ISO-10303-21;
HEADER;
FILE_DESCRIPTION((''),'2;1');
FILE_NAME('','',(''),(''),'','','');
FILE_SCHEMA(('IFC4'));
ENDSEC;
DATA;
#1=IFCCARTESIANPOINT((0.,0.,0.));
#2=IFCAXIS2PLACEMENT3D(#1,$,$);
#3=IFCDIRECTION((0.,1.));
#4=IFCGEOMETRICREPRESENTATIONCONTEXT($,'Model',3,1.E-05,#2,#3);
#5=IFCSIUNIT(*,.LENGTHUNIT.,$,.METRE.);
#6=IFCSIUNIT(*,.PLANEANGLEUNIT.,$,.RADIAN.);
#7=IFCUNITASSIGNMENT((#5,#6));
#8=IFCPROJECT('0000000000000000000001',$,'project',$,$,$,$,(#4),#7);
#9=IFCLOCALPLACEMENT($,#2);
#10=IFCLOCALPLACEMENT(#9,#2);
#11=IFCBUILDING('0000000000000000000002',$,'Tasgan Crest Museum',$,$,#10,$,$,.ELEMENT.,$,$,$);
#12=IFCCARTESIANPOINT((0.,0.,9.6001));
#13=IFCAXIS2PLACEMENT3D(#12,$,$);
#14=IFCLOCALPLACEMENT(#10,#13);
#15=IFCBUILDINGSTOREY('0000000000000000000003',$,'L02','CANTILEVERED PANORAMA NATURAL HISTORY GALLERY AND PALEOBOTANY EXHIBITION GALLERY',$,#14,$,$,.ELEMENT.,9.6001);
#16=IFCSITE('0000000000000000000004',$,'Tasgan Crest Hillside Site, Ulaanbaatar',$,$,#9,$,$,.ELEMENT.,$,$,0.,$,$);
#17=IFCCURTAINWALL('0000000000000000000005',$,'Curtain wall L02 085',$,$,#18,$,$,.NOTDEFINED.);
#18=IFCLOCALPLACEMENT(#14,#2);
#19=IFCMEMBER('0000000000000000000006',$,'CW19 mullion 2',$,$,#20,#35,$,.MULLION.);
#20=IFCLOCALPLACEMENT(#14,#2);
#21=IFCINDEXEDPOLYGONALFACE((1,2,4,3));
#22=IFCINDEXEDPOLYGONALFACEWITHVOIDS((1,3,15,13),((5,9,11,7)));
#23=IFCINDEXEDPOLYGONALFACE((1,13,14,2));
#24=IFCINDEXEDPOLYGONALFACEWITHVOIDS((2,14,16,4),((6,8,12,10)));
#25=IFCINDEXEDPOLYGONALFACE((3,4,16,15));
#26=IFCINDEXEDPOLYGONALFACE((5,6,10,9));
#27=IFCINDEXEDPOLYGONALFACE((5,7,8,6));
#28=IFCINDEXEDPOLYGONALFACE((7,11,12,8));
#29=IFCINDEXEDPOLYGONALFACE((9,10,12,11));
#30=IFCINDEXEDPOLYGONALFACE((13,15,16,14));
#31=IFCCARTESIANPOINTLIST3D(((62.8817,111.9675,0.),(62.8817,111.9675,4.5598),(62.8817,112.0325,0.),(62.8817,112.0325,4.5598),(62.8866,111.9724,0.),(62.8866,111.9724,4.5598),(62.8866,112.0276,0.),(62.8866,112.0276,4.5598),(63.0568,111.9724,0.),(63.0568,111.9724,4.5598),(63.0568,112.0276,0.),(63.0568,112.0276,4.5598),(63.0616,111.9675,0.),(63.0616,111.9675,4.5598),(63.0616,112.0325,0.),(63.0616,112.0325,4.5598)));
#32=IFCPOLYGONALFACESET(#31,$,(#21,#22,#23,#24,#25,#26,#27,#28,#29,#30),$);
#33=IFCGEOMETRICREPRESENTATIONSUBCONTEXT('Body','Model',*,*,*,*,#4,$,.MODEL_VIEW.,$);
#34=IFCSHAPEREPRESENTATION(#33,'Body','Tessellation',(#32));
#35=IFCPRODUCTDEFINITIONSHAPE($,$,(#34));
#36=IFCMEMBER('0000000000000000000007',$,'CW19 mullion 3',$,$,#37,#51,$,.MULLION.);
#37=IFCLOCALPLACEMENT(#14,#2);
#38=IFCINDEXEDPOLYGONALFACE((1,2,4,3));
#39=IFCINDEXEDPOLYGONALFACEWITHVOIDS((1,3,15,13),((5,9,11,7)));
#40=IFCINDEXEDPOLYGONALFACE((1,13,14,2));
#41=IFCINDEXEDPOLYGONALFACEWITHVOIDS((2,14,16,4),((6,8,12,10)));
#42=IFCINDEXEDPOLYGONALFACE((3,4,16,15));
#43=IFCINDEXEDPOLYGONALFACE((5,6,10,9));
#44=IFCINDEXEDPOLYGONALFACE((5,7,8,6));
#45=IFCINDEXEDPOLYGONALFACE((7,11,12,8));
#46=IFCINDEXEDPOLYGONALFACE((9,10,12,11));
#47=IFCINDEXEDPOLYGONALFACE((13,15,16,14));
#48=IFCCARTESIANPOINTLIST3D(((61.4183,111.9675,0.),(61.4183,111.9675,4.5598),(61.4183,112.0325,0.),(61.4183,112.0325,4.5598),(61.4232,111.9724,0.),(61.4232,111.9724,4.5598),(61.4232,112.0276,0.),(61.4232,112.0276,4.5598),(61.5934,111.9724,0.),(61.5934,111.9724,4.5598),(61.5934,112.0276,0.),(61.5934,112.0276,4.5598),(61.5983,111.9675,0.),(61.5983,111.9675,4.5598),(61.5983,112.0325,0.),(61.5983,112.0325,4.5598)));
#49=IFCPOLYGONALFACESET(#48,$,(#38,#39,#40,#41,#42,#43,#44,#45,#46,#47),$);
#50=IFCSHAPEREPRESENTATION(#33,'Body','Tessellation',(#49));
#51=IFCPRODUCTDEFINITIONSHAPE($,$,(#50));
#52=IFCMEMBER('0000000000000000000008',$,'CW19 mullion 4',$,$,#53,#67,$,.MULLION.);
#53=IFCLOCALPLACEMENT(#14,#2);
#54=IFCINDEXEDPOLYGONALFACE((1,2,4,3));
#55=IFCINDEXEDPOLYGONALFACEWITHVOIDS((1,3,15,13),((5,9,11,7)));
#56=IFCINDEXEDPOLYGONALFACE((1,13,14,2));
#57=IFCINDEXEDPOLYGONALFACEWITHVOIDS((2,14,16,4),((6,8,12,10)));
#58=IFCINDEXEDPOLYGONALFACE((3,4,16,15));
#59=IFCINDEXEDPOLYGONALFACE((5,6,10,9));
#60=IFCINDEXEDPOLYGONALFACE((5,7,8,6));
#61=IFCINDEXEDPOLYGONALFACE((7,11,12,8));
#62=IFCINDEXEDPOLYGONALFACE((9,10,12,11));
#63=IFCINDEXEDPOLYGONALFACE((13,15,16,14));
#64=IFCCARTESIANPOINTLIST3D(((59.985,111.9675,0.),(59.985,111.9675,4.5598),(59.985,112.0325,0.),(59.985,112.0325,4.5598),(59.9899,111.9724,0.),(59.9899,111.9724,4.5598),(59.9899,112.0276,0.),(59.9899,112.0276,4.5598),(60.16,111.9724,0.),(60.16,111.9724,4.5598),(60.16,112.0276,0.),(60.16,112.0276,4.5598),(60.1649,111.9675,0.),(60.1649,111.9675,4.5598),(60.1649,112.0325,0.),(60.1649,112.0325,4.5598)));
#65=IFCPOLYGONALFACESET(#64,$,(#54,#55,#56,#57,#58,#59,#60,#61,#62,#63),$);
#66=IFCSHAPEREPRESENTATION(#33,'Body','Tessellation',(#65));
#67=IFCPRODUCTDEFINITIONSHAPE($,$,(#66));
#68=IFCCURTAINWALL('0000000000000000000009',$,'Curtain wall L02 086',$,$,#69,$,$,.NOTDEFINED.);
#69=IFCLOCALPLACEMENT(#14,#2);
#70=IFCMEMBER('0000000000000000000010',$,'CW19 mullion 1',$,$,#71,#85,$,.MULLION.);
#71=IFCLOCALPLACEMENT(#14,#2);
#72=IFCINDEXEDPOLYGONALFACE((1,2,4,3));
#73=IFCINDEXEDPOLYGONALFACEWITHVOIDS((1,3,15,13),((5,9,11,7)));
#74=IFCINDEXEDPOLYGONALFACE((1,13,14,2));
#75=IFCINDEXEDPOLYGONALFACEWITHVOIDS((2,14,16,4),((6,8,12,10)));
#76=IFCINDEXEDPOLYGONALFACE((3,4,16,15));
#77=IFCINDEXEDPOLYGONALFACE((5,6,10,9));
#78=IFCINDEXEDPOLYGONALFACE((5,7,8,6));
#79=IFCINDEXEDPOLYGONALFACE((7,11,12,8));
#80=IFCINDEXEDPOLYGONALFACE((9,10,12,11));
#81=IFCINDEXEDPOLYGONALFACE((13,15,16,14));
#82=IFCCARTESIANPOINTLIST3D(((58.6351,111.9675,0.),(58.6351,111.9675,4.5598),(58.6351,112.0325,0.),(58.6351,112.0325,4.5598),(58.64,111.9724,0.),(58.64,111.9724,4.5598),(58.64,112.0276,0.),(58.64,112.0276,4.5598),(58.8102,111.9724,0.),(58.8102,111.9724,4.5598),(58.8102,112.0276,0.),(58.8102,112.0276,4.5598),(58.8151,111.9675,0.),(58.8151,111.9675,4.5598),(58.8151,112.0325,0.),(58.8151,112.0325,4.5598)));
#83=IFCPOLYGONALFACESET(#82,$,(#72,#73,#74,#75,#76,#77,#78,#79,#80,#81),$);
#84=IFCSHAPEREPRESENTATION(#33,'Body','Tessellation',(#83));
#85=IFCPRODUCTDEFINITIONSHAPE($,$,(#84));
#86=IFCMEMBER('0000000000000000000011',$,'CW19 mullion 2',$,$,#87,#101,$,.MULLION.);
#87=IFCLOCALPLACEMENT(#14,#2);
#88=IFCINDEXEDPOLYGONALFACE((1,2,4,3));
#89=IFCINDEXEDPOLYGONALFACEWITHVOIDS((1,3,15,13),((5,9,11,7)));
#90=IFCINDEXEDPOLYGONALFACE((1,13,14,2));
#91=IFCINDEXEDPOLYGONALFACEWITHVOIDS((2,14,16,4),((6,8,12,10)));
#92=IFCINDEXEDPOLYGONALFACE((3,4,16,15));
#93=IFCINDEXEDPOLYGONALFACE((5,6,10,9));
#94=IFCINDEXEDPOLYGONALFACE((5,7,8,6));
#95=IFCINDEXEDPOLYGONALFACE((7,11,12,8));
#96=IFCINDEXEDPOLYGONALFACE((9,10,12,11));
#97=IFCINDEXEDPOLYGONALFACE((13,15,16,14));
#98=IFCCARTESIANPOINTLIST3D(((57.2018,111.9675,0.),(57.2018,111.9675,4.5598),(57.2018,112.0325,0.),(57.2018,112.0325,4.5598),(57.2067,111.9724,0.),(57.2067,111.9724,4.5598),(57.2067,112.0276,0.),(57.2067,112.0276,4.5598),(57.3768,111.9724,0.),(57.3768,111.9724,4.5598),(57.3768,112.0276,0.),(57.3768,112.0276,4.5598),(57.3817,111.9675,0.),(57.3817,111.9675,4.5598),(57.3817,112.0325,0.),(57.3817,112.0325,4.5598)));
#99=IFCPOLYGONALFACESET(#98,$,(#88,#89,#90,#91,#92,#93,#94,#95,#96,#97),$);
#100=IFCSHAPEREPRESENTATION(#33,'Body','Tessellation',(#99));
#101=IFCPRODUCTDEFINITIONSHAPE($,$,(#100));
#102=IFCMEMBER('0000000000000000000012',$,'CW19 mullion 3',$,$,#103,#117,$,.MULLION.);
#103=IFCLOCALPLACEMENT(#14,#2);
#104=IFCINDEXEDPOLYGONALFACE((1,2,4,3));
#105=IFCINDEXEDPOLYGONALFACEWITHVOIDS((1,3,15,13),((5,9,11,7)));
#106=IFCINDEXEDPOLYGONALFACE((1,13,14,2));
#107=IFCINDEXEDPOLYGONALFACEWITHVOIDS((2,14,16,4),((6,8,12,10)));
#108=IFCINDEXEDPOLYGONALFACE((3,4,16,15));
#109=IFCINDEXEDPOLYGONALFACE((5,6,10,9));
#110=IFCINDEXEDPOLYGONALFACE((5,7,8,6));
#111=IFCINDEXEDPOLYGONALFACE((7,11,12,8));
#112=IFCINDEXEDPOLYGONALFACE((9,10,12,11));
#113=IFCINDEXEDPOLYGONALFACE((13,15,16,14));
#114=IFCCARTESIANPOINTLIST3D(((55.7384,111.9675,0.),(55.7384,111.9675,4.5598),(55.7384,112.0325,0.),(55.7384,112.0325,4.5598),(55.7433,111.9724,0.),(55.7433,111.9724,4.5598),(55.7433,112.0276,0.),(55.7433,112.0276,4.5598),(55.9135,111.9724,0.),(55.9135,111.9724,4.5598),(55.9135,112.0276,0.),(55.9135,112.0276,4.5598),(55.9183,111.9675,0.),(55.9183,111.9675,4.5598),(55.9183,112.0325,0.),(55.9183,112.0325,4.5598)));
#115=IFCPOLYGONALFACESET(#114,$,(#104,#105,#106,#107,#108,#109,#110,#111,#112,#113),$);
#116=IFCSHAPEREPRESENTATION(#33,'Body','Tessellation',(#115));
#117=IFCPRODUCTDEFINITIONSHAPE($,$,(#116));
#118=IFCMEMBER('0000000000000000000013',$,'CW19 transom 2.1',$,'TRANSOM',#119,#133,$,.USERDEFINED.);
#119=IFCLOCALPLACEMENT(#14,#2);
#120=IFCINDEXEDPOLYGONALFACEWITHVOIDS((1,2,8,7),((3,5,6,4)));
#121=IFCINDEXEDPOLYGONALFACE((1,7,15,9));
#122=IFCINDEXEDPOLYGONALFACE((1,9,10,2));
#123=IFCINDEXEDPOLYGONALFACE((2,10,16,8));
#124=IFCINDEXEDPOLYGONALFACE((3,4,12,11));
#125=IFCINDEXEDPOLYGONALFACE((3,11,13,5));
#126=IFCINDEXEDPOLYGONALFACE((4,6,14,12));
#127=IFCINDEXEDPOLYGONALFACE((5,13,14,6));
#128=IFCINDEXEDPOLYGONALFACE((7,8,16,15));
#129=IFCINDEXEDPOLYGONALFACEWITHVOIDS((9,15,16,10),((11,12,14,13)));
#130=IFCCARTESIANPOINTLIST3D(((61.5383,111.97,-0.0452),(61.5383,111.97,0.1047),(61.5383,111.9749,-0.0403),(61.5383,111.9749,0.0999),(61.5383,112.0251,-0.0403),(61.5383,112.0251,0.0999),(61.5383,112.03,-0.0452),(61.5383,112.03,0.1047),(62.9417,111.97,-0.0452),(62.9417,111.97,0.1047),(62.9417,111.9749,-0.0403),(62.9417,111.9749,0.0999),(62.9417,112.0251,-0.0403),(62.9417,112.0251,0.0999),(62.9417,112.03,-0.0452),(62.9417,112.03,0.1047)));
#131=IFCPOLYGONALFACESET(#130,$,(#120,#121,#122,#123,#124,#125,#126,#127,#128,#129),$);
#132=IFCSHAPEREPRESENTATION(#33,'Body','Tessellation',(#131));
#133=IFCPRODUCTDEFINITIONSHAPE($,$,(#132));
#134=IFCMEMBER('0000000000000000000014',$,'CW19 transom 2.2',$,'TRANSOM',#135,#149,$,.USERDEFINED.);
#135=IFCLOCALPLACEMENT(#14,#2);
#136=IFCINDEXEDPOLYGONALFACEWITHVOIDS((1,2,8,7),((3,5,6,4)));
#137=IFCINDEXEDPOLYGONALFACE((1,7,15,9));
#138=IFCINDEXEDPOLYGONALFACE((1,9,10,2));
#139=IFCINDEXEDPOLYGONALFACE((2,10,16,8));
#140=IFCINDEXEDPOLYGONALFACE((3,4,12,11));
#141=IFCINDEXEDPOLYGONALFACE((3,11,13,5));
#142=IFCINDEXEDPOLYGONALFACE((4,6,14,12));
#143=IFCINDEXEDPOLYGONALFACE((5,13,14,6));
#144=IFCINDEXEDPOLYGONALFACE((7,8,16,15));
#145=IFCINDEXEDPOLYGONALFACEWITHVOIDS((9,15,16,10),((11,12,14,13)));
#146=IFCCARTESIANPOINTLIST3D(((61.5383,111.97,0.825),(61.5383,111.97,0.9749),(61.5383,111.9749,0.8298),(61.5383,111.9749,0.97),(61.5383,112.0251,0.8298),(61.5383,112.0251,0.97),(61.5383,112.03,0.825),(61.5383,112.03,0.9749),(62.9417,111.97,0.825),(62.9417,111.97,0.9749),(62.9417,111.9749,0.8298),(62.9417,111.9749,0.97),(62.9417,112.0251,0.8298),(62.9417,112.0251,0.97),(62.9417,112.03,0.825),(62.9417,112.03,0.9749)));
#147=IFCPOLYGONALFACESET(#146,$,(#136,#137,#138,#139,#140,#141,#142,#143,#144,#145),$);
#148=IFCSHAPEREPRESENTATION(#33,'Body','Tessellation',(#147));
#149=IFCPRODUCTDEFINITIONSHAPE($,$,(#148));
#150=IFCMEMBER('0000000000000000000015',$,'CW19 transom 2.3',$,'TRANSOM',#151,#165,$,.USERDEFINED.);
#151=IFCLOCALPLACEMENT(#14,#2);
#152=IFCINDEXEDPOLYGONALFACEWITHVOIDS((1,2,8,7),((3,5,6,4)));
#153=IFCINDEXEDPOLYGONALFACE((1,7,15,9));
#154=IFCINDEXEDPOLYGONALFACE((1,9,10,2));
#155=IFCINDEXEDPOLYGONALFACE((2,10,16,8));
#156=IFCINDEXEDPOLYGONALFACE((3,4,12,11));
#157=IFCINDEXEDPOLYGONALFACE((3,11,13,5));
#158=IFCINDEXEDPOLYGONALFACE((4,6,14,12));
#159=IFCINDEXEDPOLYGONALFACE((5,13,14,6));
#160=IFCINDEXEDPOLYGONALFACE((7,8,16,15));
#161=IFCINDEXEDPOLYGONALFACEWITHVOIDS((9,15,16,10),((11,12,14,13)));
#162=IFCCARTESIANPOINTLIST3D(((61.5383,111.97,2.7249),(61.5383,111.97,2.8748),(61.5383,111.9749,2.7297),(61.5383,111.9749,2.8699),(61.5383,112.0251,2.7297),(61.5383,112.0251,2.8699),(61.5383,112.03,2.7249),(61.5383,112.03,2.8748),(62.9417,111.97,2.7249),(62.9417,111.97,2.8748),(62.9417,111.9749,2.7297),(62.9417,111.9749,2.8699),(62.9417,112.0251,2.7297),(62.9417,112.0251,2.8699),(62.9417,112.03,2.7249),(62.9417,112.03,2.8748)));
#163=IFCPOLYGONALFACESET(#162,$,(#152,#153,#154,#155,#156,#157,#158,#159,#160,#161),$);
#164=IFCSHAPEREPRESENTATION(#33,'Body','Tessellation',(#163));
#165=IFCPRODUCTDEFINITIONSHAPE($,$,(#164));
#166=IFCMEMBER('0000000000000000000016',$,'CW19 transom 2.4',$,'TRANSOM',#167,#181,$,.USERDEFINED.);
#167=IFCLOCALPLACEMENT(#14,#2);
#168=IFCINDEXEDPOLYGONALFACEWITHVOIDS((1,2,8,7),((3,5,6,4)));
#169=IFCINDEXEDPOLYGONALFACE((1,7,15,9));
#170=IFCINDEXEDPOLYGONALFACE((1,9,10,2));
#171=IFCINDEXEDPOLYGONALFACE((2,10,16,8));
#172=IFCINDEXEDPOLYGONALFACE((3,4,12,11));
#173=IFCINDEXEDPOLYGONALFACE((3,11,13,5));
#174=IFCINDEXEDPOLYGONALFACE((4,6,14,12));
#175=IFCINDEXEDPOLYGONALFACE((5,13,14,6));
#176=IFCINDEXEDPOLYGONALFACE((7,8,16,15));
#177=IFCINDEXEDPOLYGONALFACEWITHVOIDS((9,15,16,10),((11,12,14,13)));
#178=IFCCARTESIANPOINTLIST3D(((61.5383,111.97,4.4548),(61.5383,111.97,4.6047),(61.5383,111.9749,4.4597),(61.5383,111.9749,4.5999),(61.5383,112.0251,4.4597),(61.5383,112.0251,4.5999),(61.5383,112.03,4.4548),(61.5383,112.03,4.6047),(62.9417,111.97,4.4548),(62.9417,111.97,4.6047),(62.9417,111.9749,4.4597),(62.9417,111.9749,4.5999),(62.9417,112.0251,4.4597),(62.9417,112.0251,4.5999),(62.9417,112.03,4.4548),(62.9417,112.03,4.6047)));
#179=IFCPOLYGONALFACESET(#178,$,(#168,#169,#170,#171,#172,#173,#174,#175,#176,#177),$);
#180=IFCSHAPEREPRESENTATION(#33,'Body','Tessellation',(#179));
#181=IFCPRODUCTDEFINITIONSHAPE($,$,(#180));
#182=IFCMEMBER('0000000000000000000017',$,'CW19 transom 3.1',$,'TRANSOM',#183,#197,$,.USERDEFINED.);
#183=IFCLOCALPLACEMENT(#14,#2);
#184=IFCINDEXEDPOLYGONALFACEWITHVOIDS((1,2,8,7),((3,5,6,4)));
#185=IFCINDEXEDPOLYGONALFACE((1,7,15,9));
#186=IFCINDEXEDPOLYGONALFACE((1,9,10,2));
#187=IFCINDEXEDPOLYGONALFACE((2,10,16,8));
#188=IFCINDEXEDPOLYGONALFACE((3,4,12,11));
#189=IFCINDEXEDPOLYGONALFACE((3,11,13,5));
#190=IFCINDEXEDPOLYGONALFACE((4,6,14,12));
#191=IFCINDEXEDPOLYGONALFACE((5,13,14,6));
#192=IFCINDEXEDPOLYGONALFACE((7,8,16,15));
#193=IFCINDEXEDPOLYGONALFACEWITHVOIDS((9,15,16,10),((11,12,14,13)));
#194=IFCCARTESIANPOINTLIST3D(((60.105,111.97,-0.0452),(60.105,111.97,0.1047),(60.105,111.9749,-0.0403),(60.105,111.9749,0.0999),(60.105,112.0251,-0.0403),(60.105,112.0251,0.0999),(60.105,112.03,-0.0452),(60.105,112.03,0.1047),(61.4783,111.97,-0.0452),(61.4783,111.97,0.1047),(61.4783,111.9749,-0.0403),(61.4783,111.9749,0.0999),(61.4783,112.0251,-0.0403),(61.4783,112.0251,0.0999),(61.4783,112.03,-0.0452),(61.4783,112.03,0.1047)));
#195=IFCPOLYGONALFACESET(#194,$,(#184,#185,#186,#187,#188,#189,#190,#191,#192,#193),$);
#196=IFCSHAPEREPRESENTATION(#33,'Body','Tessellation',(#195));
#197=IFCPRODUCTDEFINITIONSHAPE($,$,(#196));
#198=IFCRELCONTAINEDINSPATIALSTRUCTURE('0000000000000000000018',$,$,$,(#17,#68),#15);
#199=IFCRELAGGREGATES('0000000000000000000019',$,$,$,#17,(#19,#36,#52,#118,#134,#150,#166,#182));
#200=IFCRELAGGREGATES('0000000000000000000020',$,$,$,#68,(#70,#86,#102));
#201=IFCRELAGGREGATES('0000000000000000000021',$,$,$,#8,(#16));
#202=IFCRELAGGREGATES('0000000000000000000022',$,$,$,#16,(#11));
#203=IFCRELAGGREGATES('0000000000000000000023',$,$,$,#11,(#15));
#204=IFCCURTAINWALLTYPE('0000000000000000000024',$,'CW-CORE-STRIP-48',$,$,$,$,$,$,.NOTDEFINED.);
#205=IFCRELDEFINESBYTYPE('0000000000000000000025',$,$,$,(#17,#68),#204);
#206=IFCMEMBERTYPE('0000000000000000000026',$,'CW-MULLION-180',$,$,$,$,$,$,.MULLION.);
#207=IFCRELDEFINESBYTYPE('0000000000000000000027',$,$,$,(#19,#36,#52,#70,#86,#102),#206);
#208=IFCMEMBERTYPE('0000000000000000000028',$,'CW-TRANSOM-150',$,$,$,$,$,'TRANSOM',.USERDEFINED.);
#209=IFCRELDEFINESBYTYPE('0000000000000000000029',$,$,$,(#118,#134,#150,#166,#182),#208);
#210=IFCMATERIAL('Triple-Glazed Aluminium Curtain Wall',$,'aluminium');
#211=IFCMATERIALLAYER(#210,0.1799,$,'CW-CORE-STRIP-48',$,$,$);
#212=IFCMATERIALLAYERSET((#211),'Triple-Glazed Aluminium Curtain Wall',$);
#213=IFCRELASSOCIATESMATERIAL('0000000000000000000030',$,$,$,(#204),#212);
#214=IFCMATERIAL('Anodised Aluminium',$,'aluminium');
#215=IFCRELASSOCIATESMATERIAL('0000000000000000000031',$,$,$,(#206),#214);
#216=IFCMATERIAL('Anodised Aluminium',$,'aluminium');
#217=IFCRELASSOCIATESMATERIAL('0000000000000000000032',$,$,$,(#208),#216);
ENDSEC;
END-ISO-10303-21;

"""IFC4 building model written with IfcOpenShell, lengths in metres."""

from ifc_helpers import new_model, si_unit, direction, frame, origin, origin_2d, place, context, subcontext, project, spatial, hollow_rectangle, extrude, material, layer, layer_set, material_profile, profile_set, type_object, element, aggregate, save


model = new_model("IFC4")

# Units and contexts
model_context = context("Model", 3, precision=1e-05, world=origin(), true_north=direction((0.0, 1.0)))
body_context = subcontext(model_context, "Body", "Model", "MODEL_VIEW")
ifc_project = project(units=[si_unit("LENGTHUNIT", "METRE"), si_unit("PLANEANGLEUNIT", "RADIAN")], contexts=[model_context])

# Site, building, storey
site_placement = place(None, origin())
site = spatial("IfcSite", under=ifc_project, at=site_placement, Name="Tasgan Crest Hillside Site, Ulaanbaatar", CompositionType="ELEMENT", RefElevation=0.0)
building_placement = place(site_placement, origin())
building = spatial("IfcBuilding", under=site, at=building_placement, Name="Tasgan Crest Museum", CompositionType="ELEMENT")
storey_placement = place(building_placement, frame((0.0, 0.0, 9.6001)))
storey = spatial("IfcBuildingStorey", under=building, at=storey_placement, Name="L02", Description="CANTILEVERED PANORAMA NATURAL HISTORY GALLERY AND PALEOBOTANY EXHIBITION GALLERY", CompositionType="ELEMENT", Elevation=9.6001)

# Curtain walls, members
ifc_material_1 = material(Name="Triple-Glazed Aluminium Curtain Wall", Category="aluminium")
ifc_layer_1 = layer(ifc_material_1, 0.1799, Name="CW-CORE-STRIP-48")
ifc_layer_set_1 = layer_set([ifc_layer_1], Name="Triple-Glazed Aluminium Curtain Wall")
curtain_wall_type = type_object("IfcCurtainWallType", Name="CW-CORE-STRIP-48", PredefinedType="NOTDEFINED", material=ifc_layer_set_1)
curtain_wall_1_placement = place(storey_placement, origin())
curtain_wall_1 = element("IfcCurtainWall", 1, at=curtain_wall_1_placement, inside=storey, type_object=curtain_wall_type, Name="Curtain wall L02 085", PredefinedType="NOTDEFINED")
ifc_material_2 = material(Name="Anodised Aluminium", Category="aluminium")
ifc_material_profile_1 = material_profile(ifc_material_2, hollow_rectangle(XDim=0.0649, YDim=0.1799, WallThickness=0.0049, at=origin_2d()), Name="ALU MULLION 180x65x5")
ifc_profile_set_1 = profile_set([ifc_material_profile_1], Name="Anodised Aluminium")
member_type_1 = type_object("IfcMemberType", Name="CW-MULLION-180", PredefinedType="MULLION", material=ifc_profile_set_1)
member_1_placement = place(storey_placement, frame((62.9717, 112.0, 0.0), z_axis=(0.0, 0.0, 1.0), x_axis=(0.0, -1.0, 0.0)))
member_1 = element("IfcMember", 2, at=member_1_placement, type_object=member_type_1, Name="CW19 mullion 2", PredefinedType="MULLION", context=body_context, shape_type="SweptSolid", body=[
    extrude(hollow_rectangle(XDim=0.0649, YDim=0.1799, WallThickness=0.0049, at=origin_2d()), origin(), (0.0, 0.0, 1.0), 4.5598),
])
member_2_placement = place(storey_placement, frame((61.5083, 112.0, 0.0), z_axis=(0.0, 0.0, 1.0), x_axis=(0.0, -1.0, 0.0)))
member_2 = element("IfcMember", 3, at=member_2_placement, type_object=member_type_1, Name="CW19 mullion 3", PredefinedType="MULLION", context=body_context, shape_type="SweptSolid", body=[
    extrude(hollow_rectangle(XDim=0.0649, YDim=0.1799, WallThickness=0.0049, at=origin_2d()), origin(), (0.0, 0.0, 1.0), 4.5598),
])
member_3_placement = place(storey_placement, frame((60.075, 112.0, 0.0), z_axis=(0.0, 0.0, 1.0), x_axis=(0.0, -1.0, 0.0)))
member_3 = element("IfcMember", 4, at=member_3_placement, type_object=member_type_1, Name="CW19 mullion 4", PredefinedType="MULLION", context=body_context, shape_type="SweptSolid", body=[
    extrude(hollow_rectangle(XDim=0.0649, YDim=0.1799, WallThickness=0.0049, at=origin_2d()), origin(), (0.0, 0.0, 1.0), 4.5598),
])
curtain_wall_2_placement = place(storey_placement, origin())
curtain_wall_2 = element("IfcCurtainWall", 5, at=curtain_wall_2_placement, inside=storey, type_object=curtain_wall_type, Name="Curtain wall L02 086", PredefinedType="NOTDEFINED")
member_4_placement = place(storey_placement, frame((58.7251, 112.0, 0.0), z_axis=(0.0, 0.0, 1.0), x_axis=(0.0, -1.0, 0.0)))
member_4 = element("IfcMember", 6, at=member_4_placement, type_object=member_type_1, Name="CW19 mullion 1", PredefinedType="MULLION", context=body_context, shape_type="SweptSolid", body=[
    extrude(hollow_rectangle(XDim=0.0649, YDim=0.1799, WallThickness=0.0049, at=origin_2d()), origin(), (0.0, 0.0, 1.0), 4.5598),
])
member_5_placement = place(storey_placement, frame((57.2917, 112.0, 0.0), z_axis=(0.0, 0.0, 1.0), x_axis=(0.0, -1.0, 0.0)))
member_5 = element("IfcMember", 7, at=member_5_placement, type_object=member_type_1, Name="CW19 mullion 2", PredefinedType="MULLION", context=body_context, shape_type="SweptSolid", body=[
    extrude(hollow_rectangle(XDim=0.0649, YDim=0.1799, WallThickness=0.0049, at=origin_2d()), origin(), (0.0, 0.0, 1.0), 4.5598),
])
member_6_placement = place(storey_placement, frame((55.8284, 112.0, 0.0), z_axis=(0.0, 0.0, 1.0), x_axis=(0.0, -1.0, 0.0)))
member_6 = element("IfcMember", 8, at=member_6_placement, type_object=member_type_1, Name="CW19 mullion 3", PredefinedType="MULLION", context=body_context, shape_type="SweptSolid", body=[
    extrude(hollow_rectangle(XDim=0.0649, YDim=0.1799, WallThickness=0.0049, at=origin_2d()), origin(), (0.0, 0.0, 1.0), 4.5598),
])

# Members
ifc_material_3 = material(Name="Anodised Aluminium", Category="aluminium")
ifc_material_profile_2 = material_profile(ifc_material_3, hollow_rectangle(XDim=0.0601, YDim=0.1499, WallThickness=0.0049, at=origin_2d()), Name="ALU TRANSOM 150x60x5")
ifc_profile_set_2 = profile_set([ifc_material_profile_2], Name="Anodised Aluminium")
member_type_2 = type_object("IfcMemberType", Name="CW-TRANSOM-150", ElementType="TRANSOM", PredefinedType="USERDEFINED", material=ifc_profile_set_2)
member_7_placement = place(storey_placement, frame((62.9417, 112.0, 0.0298), z_axis=(-1.0, 0.0, 0.0), x_axis=(0.0, -1.0, 0.0)))
member_7 = element("IfcMember", 9, at=member_7_placement, type_object=member_type_2, Name="CW19 transom 2.1", ObjectType="TRANSOM", PredefinedType="USERDEFINED", context=body_context, shape_type="SweptSolid", body=[
    extrude(hollow_rectangle(XDim=0.0601, YDim=0.1499, WallThickness=0.0049, at=origin_2d()), origin(), (0.0, 0.0, 1.0), 1.4033),
])
member_8_placement = place(storey_placement, frame((62.9417, 112.0, 0.8999), z_axis=(-1.0, 0.0, 0.0), x_axis=(0.0, -1.0, 0.0)))
member_8 = element("IfcMember", 10, at=member_8_placement, type_object=member_type_2, Name="CW19 transom 2.2", ObjectType="TRANSOM", PredefinedType="USERDEFINED", context=body_context, shape_type="SweptSolid", body=[
    extrude(hollow_rectangle(XDim=0.0601, YDim=0.1499, WallThickness=0.0049, at=origin_2d()), origin(), (0.0, 0.0, 1.0), 1.4033),
])
member_9_placement = place(storey_placement, frame((62.9417, 112.0, 2.7998), z_axis=(-1.0, 0.0, 0.0), x_axis=(0.0, -1.0, 0.0)))
member_9 = element("IfcMember", 11, at=member_9_placement, type_object=member_type_2, Name="CW19 transom 2.3", ObjectType="TRANSOM", PredefinedType="USERDEFINED", context=body_context, shape_type="SweptSolid", body=[
    extrude(hollow_rectangle(XDim=0.0601, YDim=0.1499, WallThickness=0.0049, at=origin_2d()), origin(), (0.0, 0.0, 1.0), 1.4033),
])
member_10_placement = place(storey_placement, frame((62.9417, 112.0, 4.5298), z_axis=(-1.0, 0.0, 0.0), x_axis=(0.0, -1.0, 0.0)))
member_10 = element("IfcMember", 12, at=member_10_placement, type_object=member_type_2, Name="CW19 transom 2.4", ObjectType="TRANSOM", PredefinedType="USERDEFINED", context=body_context, shape_type="SweptSolid", body=[
    extrude(hollow_rectangle(XDim=0.0601, YDim=0.1499, WallThickness=0.0049, at=origin_2d()), origin(), (0.0, 0.0, 1.0), 1.4033),
])
member_11_placement = place(storey_placement, frame((61.4783, 112.0, 0.0298), z_axis=(-1.0, 0.0, 0.0), x_axis=(0.0, -1.0, 0.0)))
member_11 = element("IfcMember", 13, at=member_11_placement, type_object=member_type_2, Name="CW19 transom 3.1", ObjectType="TRANSOM", PredefinedType="USERDEFINED", context=body_context, shape_type="SweptSolid", body=[
    extrude(hollow_rectangle(XDim=0.0601, YDim=0.1499, WallThickness=0.0049, at=origin_2d()), origin(), (0.0, 0.0, 1.0), 1.3733),
])

aggregate(curtain_wall_1, [member_1, member_2, member_3, member_7, member_8, member_9, member_10, member_11])
aggregate(curtain_wall_2, [member_4, member_5, member_6])

save(model, "model.ifc")
